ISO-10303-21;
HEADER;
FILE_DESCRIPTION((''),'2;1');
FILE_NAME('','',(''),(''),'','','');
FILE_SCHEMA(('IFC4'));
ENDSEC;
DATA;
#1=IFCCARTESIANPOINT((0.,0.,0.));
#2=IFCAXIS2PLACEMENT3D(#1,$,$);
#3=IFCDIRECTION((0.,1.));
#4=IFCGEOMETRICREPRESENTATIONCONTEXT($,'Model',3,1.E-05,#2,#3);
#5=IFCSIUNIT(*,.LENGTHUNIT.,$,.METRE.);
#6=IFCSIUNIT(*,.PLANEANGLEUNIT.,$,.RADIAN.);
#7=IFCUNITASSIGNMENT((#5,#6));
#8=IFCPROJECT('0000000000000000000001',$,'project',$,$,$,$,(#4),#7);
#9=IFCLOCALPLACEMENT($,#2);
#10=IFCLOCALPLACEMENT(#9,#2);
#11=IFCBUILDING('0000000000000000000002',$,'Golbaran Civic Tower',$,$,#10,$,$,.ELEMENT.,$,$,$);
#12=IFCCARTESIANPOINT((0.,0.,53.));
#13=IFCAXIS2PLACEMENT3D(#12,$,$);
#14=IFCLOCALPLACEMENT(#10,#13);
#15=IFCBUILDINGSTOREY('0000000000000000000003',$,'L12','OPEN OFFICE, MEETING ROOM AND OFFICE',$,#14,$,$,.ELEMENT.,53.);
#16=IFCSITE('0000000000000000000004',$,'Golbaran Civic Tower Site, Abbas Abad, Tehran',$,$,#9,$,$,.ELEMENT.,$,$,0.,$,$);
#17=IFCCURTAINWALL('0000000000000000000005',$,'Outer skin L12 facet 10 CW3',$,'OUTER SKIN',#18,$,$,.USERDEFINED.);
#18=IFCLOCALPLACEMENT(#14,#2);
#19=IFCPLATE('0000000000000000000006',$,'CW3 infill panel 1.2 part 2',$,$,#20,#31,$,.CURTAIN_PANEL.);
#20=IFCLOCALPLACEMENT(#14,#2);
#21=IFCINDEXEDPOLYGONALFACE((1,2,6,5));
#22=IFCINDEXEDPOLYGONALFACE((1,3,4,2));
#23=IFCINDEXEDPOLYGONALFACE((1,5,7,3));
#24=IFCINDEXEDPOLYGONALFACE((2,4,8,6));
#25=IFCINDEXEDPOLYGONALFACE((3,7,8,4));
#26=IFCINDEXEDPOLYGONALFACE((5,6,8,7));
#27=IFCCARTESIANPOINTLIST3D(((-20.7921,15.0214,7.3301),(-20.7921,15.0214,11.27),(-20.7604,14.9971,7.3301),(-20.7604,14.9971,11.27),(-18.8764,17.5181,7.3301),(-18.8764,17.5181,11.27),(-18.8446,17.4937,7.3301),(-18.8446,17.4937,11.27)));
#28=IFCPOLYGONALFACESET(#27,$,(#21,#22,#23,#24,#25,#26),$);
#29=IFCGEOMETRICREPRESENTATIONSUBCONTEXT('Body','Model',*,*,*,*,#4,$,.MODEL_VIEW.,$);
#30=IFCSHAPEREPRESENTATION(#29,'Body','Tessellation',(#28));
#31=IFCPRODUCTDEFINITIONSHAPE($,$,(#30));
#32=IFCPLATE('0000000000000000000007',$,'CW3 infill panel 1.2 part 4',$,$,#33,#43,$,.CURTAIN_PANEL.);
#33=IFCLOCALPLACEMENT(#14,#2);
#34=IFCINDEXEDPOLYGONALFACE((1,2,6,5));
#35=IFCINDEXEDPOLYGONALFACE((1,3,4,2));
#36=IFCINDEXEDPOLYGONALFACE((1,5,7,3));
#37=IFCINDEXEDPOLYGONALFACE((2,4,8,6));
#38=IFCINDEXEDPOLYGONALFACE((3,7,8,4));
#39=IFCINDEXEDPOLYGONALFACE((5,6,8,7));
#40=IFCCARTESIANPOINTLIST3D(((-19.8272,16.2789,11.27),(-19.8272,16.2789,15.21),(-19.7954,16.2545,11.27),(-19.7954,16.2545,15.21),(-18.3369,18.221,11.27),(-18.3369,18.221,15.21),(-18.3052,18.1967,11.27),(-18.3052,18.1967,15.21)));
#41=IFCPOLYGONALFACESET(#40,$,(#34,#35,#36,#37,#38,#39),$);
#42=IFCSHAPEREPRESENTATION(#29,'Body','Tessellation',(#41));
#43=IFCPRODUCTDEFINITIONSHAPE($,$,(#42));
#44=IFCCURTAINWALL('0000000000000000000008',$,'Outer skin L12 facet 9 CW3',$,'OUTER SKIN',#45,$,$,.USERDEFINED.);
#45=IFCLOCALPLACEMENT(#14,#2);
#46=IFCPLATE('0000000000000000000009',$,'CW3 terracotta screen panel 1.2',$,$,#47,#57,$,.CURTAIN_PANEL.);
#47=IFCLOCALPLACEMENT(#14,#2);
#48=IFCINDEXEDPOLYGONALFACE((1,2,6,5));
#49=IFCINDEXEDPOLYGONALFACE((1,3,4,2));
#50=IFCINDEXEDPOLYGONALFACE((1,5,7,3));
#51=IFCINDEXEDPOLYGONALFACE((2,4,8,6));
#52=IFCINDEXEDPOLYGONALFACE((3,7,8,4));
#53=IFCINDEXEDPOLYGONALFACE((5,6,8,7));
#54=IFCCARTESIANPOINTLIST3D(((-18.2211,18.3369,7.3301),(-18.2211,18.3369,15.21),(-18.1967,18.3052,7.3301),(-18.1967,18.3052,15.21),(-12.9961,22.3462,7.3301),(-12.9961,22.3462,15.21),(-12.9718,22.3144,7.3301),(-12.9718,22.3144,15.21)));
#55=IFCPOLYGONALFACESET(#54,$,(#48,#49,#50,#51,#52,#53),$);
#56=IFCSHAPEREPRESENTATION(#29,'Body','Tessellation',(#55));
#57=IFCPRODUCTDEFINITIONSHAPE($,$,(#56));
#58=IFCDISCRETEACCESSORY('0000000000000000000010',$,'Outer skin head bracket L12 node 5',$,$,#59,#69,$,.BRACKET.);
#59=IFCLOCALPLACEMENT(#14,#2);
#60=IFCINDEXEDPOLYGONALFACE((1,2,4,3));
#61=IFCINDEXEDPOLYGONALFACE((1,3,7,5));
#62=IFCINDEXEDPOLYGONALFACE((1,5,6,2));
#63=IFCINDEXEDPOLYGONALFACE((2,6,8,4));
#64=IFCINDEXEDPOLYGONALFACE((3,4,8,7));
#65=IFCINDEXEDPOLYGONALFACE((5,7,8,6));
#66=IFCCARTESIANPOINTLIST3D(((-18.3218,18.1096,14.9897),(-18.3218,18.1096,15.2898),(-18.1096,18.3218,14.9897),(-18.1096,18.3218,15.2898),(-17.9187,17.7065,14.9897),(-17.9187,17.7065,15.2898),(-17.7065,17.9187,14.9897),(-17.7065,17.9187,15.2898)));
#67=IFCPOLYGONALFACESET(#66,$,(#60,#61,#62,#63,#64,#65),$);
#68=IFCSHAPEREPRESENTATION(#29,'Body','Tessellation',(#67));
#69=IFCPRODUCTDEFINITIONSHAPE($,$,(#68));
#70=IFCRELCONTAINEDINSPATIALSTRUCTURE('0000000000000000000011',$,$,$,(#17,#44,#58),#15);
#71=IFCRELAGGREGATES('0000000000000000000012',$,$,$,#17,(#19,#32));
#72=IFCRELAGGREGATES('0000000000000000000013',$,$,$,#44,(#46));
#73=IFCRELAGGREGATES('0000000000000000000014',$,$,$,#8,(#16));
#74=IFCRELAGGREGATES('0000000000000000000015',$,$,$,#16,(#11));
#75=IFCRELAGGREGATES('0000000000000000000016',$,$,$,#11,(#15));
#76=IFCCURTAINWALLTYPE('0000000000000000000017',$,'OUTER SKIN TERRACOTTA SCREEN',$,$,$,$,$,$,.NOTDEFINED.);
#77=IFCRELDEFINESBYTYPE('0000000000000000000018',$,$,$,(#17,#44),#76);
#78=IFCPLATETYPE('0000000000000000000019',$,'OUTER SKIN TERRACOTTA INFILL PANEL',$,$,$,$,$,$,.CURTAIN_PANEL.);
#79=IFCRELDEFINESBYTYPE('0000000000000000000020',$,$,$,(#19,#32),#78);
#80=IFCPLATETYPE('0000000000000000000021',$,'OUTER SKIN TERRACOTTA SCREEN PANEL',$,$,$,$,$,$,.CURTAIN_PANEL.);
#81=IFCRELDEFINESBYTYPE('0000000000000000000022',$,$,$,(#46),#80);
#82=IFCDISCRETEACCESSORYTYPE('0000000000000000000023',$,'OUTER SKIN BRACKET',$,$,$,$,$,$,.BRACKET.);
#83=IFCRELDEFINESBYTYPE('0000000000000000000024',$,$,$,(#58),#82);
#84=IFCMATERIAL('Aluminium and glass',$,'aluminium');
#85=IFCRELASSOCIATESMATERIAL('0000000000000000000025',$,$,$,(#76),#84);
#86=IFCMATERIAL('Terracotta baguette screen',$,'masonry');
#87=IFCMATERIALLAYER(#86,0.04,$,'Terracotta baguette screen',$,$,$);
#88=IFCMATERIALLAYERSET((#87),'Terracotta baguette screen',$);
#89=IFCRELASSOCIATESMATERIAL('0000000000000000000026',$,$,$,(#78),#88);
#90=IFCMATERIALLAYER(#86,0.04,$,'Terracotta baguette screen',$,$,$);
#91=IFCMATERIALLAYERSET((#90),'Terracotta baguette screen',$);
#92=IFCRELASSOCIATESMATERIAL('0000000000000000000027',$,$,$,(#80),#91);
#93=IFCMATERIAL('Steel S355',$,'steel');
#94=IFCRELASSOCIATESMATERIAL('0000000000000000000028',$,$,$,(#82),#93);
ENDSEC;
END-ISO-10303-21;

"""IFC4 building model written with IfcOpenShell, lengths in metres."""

from ifc_helpers import new_model, si_unit, direction, frame, origin, origin_2d, place, context, subcontext, project, spatial, rectangle, extrude, material, layer, layer_set, type_object, element, aggregate, save


model = new_model("IFC4")

# Units and contexts
model_context = context("Model", 3, precision=1e-05, world=origin(), true_north=direction((0.0, 1.0)))
body_context = subcontext(model_context, "Body", "Model", "MODEL_VIEW")
ifc_project = project(units=[si_unit("LENGTHUNIT", "METRE"), si_unit("PLANEANGLEUNIT", "RADIAN")], contexts=[model_context])

# Site, building, storey
site_placement = place(None, origin())
site = spatial("IfcSite", under=ifc_project, at=site_placement, Name="Golbaran Civic Tower Site, Abbas Abad, Tehran", CompositionType="ELEMENT", RefElevation=0.0)
building_placement = place(site_placement, origin())
building = spatial("IfcBuilding", under=site, at=building_placement, Name="Golbaran Civic Tower", CompositionType="ELEMENT")
storey_placement = place(building_placement, frame((0.0, 0.0, 53.0)))
storey = spatial("IfcBuildingStorey", under=building, at=storey_placement, Name="L12", Description="OPEN OFFICE, MEETING ROOM AND OFFICE", CompositionType="ELEMENT", Elevation=53.0)

# Curtain wall
ifc_material_1 = material(Name="Aluminium and glass", Category="aluminium")
curtain_wall_type_1 = type_object("IfcCurtainWallType", Name="OUTER SKIN TERRACOTTA SCREEN", PredefinedType="NOTDEFINED", material=ifc_material_1)
curtain_wall_1_placement = place(storey_placement, origin())
curtain_wall_1 = element("IfcCurtainWall", 1, at=curtain_wall_1_placement, inside=storey, type_object=curtain_wall_type_1, Name="Outer skin L12 facet 10 CW3", ObjectType="OUTER SKIN", PredefinedType="USERDEFINED")

# Plates
ifc_material_2 = material(Name="Terracotta baguette screen", Category="masonry")
ifc_layer_1 = layer(ifc_material_2, 0.04, Name="Terracotta baguette screen")
ifc_layer_set_1 = layer_set([ifc_layer_1], Name="Terracotta baguette screen")
plate_type_1 = type_object("IfcPlateType", Name="OUTER SKIN TERRACOTTA INFILL PANEL", PredefinedType="CURTAIN_PANEL", material=ifc_layer_set_1)
plate_1_placement = place(storey_placement, frame((-19.8184, 16.2576, 7.3301), z_axis=(0.0, 0.0, 1.0), x_axis=(-0.608761, -0.793353, 0.0)))
plate_1 = element("IfcPlate", 2, at=plate_1_placement, type_object=plate_type_1, Name="CW3 infill panel 1.2 part 2", PredefinedType="CURTAIN_PANEL", context=body_context, shape_type="SweptSolid", body=[
    extrude(rectangle(XDim=3.147, YDim=0.04, at=origin_2d()), origin(), (0.0, 0.0, 1.0), 3.9399),
])
plate_2_placement = place(storey_placement, frame((-19.0662, 17.2378, 11.27), z_axis=(0.0, 0.0, 1.0), x_axis=(-0.608761, -0.793353, 0.0)))
plate_2 = element("IfcPlate", 3, at=plate_2_placement, type_object=plate_type_1, Name="CW3 infill panel 1.2 part 4", PredefinedType="CURTAIN_PANEL", context=body_context, shape_type="SweptSolid", body=[
    extrude(rectangle(XDim=2.448, YDim=0.04, at=origin_2d()), origin(), (0.0, 0.0, 1.0), 3.9399),
])
aggregate(curtain_wall_1, [plate_1, plate_2])

# Curtain wall, plate
curtain_wall_2_placement = place(storey_placement, origin())
curtain_wall_2 = element("IfcCurtainWall", 4, at=curtain_wall_2_placement, inside=storey, type_object=curtain_wall_type_1, Name="Outer skin L12 facet 9 CW3", ObjectType="OUTER SKIN", PredefinedType="USERDEFINED")
ifc_layer_2 = layer(ifc_material_2, 0.04, Name="Terracotta baguette screen")
ifc_layer_set_2 = layer_set([ifc_layer_2], Name="Terracotta baguette screen")
plate_type_2 = type_object("IfcPlateType", Name="OUTER SKIN TERRACOTTA SCREEN PANEL", PredefinedType="CURTAIN_PANEL", material=ifc_layer_set_2)
plate_3_placement = place(storey_placement, frame((-15.5964, 20.3257, 7.3301), z_axis=(0.0, 0.0, 1.0), x_axis=(-0.793353, -0.608761, 0.0)))
plate_3 = element("IfcPlate", 5, at=plate_3_placement, type_object=plate_type_2, Name="CW3 terracotta screen panel 1.2", PredefinedType="CURTAIN_PANEL", context=body_context, shape_type="SweptSolid", body=[
    extrude(rectangle(XDim=6.5859, YDim=0.04, at=origin_2d()), origin(), (0.0, 0.0, 1.0), 7.8799),
])
aggregate(curtain_wall_2, [plate_3])

# Discrete accessory
ifc_material_3 = material(Name="Steel S355", Category="steel")
discrete_accessory_type = type_object("IfcDiscreteAccessoryType", Name="OUTER SKIN BRACKET", PredefinedType="BRACKET", material=ifc_material_3)
discrete_accessory_placement = place(storey_placement, frame((-18.0142, 18.0142, 14.9897), z_axis=(0.0, 0.0, 1.0), x_axis=(-0.707107, 0.707107, 0.0)))
element("IfcDiscreteAccessory", 6, at=discrete_accessory_placement, inside=storey, type_object=discrete_accessory_type, Name="Outer skin head bracket L12 node 5", PredefinedType="BRACKET", context=body_context, shape_type="SweptSolid", body=[
    extrude(rectangle(XDim=0.5701, YDim=0.3, at=origin_2d()), origin(), (0.0, 0.0, 1.0), 0.3),
])

save(model, "model.ifc")
